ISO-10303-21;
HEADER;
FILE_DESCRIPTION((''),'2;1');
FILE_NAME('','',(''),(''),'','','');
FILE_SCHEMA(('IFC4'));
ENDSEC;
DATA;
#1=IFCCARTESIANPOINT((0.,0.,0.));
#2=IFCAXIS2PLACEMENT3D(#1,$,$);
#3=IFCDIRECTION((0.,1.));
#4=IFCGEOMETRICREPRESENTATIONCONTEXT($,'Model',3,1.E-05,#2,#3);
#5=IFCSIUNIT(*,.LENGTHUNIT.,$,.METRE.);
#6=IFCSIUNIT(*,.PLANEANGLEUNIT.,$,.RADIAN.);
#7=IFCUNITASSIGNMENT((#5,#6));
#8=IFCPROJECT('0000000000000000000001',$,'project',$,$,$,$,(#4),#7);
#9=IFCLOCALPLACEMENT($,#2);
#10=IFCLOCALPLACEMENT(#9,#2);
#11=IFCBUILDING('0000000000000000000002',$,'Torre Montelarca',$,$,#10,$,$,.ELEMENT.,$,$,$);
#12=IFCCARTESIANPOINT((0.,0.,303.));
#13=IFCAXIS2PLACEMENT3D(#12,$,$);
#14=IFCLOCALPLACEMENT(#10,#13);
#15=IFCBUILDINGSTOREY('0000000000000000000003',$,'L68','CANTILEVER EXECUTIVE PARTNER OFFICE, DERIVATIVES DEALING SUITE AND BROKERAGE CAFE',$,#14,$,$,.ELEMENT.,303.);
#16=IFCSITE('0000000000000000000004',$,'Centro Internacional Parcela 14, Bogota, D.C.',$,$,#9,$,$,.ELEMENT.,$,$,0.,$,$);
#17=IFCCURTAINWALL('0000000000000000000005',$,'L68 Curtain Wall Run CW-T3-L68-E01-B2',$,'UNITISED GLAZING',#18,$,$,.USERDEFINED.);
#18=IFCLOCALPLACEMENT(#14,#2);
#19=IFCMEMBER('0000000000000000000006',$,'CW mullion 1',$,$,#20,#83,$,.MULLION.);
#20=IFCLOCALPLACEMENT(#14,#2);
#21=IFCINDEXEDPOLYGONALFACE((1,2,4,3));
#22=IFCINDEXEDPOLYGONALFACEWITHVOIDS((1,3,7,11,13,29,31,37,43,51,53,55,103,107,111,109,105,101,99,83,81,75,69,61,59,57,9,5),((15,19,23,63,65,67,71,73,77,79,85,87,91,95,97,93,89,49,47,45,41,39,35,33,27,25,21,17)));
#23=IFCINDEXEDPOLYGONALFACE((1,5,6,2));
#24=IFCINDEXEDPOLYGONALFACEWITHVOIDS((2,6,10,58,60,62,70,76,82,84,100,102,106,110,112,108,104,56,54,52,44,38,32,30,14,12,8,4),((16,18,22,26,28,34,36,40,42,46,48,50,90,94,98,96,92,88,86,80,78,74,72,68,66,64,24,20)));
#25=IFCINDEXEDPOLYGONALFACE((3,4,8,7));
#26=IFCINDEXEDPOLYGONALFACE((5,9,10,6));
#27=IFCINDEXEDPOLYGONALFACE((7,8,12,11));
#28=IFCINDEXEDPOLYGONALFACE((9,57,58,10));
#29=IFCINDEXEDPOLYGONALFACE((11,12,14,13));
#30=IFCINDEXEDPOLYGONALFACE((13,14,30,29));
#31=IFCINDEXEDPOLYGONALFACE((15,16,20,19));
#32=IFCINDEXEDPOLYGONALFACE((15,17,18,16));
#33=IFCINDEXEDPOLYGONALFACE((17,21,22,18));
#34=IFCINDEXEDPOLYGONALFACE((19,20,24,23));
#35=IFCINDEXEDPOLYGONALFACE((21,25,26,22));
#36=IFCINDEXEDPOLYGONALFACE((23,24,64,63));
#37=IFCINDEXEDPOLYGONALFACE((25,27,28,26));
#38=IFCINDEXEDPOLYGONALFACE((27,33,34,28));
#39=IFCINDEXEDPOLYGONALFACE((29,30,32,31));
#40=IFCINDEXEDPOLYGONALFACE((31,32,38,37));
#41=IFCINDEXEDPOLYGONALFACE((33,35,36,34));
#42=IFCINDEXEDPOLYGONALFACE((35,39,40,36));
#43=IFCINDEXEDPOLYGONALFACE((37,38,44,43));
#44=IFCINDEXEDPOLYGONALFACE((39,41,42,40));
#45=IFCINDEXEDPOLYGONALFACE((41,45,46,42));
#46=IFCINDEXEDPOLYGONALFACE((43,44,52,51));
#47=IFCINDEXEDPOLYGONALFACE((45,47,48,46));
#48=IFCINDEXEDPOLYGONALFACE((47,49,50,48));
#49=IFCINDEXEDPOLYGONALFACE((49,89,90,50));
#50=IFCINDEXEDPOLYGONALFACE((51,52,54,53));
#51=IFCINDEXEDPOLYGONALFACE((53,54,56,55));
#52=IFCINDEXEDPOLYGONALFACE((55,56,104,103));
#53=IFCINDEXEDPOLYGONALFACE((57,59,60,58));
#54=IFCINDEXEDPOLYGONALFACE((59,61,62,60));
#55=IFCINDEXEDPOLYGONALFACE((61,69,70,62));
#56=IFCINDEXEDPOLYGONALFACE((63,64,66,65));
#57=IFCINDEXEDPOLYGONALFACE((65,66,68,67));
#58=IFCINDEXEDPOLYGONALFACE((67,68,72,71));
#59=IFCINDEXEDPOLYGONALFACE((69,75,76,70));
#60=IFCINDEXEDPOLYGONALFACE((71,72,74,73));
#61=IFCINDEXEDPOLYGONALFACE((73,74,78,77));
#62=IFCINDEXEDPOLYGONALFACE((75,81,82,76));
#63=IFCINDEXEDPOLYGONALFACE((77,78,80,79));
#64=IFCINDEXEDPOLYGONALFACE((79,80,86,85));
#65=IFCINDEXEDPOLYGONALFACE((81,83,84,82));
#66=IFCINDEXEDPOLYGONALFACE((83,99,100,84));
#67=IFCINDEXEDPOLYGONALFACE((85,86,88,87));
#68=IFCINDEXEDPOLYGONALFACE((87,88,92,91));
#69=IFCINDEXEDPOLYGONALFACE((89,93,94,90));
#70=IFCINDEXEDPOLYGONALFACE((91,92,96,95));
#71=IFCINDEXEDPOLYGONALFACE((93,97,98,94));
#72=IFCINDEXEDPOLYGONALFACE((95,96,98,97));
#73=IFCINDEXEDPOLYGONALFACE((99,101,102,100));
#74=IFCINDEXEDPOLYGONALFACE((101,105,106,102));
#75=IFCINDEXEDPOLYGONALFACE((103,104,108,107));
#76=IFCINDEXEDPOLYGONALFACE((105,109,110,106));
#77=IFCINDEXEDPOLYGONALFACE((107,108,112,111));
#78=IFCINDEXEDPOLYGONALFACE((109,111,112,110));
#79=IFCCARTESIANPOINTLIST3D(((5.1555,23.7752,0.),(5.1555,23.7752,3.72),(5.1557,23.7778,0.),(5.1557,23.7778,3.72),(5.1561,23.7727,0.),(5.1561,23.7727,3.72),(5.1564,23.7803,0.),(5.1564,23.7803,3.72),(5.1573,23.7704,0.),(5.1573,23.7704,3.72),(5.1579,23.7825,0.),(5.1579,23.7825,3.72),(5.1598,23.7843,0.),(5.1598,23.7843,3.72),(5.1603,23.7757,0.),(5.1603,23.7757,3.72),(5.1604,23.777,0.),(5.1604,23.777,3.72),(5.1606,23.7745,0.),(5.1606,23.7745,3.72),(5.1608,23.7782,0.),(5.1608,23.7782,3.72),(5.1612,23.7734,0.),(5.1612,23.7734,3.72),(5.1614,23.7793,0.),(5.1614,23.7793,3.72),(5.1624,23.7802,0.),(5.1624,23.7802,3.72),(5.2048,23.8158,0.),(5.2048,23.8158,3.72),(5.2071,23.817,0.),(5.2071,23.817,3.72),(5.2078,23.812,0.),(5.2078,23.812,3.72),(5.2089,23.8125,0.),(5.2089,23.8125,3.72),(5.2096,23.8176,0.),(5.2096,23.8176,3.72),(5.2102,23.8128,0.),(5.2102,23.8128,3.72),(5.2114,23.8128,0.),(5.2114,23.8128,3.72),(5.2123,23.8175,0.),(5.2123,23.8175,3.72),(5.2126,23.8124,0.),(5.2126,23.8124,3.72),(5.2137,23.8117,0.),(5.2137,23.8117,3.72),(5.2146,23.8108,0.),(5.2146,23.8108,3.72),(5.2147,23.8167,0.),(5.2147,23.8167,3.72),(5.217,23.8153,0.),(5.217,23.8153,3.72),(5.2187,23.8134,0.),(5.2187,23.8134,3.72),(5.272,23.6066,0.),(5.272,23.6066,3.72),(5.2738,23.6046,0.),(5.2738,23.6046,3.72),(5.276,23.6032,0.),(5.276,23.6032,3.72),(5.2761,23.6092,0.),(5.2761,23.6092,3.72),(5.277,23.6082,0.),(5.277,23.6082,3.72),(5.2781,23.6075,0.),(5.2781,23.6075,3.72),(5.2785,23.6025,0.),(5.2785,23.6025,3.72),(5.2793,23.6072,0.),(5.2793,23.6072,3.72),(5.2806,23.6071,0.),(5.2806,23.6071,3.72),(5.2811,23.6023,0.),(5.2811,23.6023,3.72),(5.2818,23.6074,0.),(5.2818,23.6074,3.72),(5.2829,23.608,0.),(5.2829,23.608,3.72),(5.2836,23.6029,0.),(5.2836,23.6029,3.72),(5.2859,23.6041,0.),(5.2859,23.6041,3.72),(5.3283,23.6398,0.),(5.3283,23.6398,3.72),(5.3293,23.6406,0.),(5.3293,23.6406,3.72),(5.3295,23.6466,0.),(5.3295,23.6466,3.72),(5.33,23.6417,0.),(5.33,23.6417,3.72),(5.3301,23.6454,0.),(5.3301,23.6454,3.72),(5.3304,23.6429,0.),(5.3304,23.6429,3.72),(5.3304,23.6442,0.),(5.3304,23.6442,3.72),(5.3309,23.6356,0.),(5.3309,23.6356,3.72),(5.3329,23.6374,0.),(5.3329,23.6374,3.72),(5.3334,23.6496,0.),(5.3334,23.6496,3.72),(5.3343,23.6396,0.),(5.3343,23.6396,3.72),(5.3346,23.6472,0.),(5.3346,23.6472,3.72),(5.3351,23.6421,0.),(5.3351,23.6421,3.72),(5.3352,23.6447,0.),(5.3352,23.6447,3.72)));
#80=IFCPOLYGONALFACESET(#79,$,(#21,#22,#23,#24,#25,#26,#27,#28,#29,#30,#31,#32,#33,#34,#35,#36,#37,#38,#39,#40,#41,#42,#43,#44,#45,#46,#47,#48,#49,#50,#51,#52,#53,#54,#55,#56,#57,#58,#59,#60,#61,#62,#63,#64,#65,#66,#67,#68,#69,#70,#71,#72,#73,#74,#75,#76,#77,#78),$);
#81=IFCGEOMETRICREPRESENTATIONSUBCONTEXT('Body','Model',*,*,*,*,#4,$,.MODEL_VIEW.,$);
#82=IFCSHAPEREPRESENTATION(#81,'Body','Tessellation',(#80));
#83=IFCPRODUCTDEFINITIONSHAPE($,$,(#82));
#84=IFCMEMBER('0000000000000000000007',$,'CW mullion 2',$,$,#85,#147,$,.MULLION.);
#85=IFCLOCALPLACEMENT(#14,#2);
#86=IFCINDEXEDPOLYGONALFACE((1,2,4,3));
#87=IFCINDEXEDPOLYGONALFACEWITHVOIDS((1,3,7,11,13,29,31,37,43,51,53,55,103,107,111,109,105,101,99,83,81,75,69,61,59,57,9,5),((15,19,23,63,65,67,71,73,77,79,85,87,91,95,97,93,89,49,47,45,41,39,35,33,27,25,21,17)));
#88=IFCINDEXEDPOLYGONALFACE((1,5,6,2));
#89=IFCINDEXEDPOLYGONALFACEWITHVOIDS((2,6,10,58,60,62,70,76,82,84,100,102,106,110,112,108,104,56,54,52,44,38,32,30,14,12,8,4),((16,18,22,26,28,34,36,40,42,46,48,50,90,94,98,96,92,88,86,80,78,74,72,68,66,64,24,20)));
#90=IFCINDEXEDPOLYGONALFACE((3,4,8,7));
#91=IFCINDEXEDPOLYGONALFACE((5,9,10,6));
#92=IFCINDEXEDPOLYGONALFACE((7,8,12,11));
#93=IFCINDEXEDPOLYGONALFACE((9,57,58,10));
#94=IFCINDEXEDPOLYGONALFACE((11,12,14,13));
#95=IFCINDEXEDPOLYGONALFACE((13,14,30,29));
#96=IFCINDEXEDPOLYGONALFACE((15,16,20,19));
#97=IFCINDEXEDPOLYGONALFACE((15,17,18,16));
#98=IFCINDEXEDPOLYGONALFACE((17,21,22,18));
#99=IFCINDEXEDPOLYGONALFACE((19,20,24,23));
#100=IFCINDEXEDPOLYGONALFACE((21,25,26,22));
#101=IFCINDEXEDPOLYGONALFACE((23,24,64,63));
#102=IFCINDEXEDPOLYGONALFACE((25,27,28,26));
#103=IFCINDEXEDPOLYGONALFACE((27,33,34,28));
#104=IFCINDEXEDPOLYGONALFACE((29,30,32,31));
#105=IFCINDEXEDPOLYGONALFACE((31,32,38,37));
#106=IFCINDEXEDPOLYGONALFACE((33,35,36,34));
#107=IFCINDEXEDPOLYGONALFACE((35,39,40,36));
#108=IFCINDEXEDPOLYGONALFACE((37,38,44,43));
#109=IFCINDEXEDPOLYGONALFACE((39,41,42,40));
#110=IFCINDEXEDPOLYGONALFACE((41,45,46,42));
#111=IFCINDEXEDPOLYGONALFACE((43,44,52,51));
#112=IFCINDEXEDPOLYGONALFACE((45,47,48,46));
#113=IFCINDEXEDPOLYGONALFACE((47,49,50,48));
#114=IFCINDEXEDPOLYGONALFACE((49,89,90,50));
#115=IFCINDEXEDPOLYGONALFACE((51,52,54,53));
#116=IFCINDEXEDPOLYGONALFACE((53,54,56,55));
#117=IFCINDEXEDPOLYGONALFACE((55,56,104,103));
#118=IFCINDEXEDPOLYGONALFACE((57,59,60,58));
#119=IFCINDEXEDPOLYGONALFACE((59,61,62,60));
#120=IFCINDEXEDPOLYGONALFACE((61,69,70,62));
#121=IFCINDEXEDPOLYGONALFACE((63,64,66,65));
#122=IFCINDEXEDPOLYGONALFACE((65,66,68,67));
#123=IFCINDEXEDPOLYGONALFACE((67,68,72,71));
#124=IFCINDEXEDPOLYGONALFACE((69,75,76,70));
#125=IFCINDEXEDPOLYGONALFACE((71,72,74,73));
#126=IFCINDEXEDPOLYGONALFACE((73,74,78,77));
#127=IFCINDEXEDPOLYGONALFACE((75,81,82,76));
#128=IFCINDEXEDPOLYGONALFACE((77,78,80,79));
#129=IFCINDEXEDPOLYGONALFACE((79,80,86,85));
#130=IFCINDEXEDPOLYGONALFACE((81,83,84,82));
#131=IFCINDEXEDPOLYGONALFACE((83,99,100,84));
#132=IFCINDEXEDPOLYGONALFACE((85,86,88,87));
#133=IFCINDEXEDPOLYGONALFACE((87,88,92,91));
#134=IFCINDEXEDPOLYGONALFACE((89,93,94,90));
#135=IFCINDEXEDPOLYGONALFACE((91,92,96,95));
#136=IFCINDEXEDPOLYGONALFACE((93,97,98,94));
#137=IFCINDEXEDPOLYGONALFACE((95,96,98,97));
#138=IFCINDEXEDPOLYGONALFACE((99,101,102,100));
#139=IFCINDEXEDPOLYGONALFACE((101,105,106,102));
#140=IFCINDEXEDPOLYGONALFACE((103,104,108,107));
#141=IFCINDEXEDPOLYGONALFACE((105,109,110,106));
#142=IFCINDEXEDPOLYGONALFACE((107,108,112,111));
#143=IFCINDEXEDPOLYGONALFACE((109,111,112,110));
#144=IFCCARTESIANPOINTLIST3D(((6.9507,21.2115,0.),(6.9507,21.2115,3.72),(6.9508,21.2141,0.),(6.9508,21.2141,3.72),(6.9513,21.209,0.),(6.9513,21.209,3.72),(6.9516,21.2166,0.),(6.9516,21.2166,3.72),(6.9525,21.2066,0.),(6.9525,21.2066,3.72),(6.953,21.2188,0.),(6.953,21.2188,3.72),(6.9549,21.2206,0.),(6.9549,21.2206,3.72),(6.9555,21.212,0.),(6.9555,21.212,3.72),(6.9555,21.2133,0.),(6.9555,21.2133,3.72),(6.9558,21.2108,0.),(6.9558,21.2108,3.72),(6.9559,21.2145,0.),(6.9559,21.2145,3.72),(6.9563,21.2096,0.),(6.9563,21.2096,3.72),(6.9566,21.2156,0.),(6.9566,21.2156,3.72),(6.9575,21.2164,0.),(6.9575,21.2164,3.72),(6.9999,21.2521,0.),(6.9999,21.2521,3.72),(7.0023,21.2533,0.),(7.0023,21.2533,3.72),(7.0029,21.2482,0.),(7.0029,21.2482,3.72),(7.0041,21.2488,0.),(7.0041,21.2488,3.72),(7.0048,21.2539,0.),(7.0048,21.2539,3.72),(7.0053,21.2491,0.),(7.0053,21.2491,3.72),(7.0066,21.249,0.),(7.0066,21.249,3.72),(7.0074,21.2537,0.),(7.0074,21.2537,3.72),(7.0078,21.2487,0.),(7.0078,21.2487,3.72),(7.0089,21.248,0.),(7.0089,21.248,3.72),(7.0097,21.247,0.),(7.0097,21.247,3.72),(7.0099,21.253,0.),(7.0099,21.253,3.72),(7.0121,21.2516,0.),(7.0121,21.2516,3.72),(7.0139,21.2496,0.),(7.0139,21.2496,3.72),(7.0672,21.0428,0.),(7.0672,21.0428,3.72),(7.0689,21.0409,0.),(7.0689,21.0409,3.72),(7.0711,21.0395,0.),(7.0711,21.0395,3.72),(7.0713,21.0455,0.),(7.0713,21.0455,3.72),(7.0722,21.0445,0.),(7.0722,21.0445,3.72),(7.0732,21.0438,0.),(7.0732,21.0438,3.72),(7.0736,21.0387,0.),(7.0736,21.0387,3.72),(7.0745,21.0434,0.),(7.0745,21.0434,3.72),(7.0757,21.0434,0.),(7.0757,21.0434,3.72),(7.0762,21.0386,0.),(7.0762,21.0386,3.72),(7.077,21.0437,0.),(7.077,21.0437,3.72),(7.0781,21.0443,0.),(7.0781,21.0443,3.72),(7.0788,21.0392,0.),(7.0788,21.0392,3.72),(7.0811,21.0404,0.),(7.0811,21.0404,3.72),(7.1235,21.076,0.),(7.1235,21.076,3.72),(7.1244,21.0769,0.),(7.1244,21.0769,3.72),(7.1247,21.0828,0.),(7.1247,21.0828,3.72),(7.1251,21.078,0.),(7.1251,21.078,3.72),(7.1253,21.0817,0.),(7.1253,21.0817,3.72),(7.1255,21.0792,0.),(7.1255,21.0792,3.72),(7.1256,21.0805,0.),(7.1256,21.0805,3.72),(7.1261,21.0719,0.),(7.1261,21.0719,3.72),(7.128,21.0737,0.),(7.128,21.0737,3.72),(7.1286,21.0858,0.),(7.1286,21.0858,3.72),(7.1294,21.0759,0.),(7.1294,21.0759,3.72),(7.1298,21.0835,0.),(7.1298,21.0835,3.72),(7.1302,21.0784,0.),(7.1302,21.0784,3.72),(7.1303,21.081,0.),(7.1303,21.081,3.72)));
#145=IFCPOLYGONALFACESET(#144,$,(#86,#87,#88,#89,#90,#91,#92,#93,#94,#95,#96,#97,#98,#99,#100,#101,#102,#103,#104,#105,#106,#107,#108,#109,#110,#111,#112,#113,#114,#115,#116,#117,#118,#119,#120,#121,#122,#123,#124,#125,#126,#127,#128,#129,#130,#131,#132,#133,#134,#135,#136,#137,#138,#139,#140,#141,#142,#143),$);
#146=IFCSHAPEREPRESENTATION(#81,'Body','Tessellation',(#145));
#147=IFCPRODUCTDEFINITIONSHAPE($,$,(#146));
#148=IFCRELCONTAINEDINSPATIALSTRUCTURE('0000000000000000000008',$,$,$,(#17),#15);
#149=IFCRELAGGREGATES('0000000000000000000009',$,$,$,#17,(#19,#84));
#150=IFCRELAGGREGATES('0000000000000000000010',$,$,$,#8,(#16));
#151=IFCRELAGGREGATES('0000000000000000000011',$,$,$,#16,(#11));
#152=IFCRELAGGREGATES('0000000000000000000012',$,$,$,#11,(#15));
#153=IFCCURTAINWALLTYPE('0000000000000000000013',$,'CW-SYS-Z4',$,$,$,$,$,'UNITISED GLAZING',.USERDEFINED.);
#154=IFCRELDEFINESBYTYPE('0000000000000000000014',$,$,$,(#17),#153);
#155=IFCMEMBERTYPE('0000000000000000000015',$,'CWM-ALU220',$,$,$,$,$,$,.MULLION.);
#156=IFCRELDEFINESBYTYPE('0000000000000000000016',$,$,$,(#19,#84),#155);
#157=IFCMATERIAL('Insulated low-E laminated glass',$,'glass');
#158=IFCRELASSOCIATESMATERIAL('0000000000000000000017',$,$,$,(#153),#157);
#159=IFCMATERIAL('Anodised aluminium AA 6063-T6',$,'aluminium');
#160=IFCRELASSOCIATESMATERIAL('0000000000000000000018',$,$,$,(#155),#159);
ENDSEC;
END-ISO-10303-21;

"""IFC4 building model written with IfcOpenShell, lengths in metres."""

from ifc_helpers import new_model, si_unit, direction, frame, origin, origin_2d, place, context, subcontext, project, spatial, hollow_rectangle, extrude, source, transform, mapped, material, material_profile, profile_set, type_object, element, aggregate, save


model = new_model("IFC4")

# Units and contexts
model_context = context("Model", 3, precision=1e-05, world=origin(), true_north=direction((0.0, 1.0)))
body_context = subcontext(model_context, "Body", "Model", "MODEL_VIEW")
ifc_project = project(units=[si_unit("LENGTHUNIT", "METRE"), si_unit("PLANEANGLEUNIT", "RADIAN")], contexts=[model_context])

# Site, building, storey
site_placement = place(None, origin())
site = spatial("IfcSite", under=ifc_project, at=site_placement, Name="Centro Internacional Parcela 14, Bogota, D.C.", CompositionType="ELEMENT", RefElevation=0.0)
building_placement = place(site_placement, origin())
building = spatial("IfcBuilding", under=site, at=building_placement, Name="Torre Montelarca", CompositionType="ELEMENT")
storey_placement = place(building_placement, frame((0.0, 0.0, 303.0)))
storey = spatial("IfcBuildingStorey", under=building, at=storey_placement, Name="L68", Description="CANTILEVER EXECUTIVE PARTNER OFFICE, DERIVATIVES DEALING SUITE AND BROKERAGE CAFE", CompositionType="ELEMENT", Elevation=303.0)

# Curtain wall, members
ifc_material_1 = material(Name="Insulated low-E laminated glass", Category="glass")
curtain_wall_type = type_object("IfcCurtainWallType", Name="CW-SYS-Z4", ElementType="UNITISED GLAZING", PredefinedType="USERDEFINED", material=ifc_material_1)
ifc_material_2 = material(Name="Anodised aluminium AA 6063-T6", Category="aluminium")
ifc_material_profile_1 = material_profile(ifc_material_2, hollow_rectangle(XDim=0.075, YDim=0.22, WallThickness=0.0049, InnerFilletRadius=0.0049, OuterFilletRadius=0.01, at=origin_2d()), Name="ALU75X220X5", Category="aluminium")
ifc_profile_set_1 = profile_set([ifc_material_profile_1], Name="Anodised aluminium AA 6063-T6")
member_type_1 = type_object("IfcMemberType", Name="CWM-ALU220", PredefinedType="MULLION", material=ifc_profile_set_1)
shared_shape_1 = source(origin(), body_context, "Body", "SweptSolid", [
    extrude(hollow_rectangle(XDim=0.075, YDim=0.22, WallThickness=0.0049, InnerFilletRadius=0.0049, OuterFilletRadius=0.01, at=origin_2d()), origin(), (0.0, 0.0, 1.0), 3.72),
])
curtain_wall_1_placement = place(storey_placement, origin())
curtain_wall_1 = element("IfcCurtainWall", 1, at=curtain_wall_1_placement, inside=storey, type_object=curtain_wall_type, Name="L68 Curtain Wall Run CW-T3-L68-E01-B2", ObjectType="UNITISED GLAZING", PredefinedType="USERDEFINED")
member_1_placement = place(storey_placement, frame((5.2454, 23.71, 0.0), z_axis=(0.0, 0.0, 1.0), x_axis=(0.81916, 0.573565, 0.0)))
member_1 = element("IfcMember", 2, at=member_1_placement, type_object=member_type_1, Name="CW mullion 1", PredefinedType="MULLION", context=body_context, shape_type="MappedRepresentation", body=[
    mapped(shared_shape_1, transform((0.0, 0.0, 0.0), scale=1.0)),
])
member_2_placement = place(storey_placement, frame((7.0405, 21.1462, 0.0), z_axis=(0.0, 0.0, 1.0), x_axis=(0.81916, 0.573565, 0.0)))
member_2 = element("IfcMember", 3, at=member_2_placement, type_object=member_type_1, Name="CW mullion 2", PredefinedType="MULLION", context=body_context, shape_type="MappedRepresentation", body=[
    mapped(shared_shape_1, transform((0.0, 0.0, 0.0), scale=1.0)),
])

aggregate(curtain_wall_1, [member_1, member_2])

save(model, "model.ifc")
